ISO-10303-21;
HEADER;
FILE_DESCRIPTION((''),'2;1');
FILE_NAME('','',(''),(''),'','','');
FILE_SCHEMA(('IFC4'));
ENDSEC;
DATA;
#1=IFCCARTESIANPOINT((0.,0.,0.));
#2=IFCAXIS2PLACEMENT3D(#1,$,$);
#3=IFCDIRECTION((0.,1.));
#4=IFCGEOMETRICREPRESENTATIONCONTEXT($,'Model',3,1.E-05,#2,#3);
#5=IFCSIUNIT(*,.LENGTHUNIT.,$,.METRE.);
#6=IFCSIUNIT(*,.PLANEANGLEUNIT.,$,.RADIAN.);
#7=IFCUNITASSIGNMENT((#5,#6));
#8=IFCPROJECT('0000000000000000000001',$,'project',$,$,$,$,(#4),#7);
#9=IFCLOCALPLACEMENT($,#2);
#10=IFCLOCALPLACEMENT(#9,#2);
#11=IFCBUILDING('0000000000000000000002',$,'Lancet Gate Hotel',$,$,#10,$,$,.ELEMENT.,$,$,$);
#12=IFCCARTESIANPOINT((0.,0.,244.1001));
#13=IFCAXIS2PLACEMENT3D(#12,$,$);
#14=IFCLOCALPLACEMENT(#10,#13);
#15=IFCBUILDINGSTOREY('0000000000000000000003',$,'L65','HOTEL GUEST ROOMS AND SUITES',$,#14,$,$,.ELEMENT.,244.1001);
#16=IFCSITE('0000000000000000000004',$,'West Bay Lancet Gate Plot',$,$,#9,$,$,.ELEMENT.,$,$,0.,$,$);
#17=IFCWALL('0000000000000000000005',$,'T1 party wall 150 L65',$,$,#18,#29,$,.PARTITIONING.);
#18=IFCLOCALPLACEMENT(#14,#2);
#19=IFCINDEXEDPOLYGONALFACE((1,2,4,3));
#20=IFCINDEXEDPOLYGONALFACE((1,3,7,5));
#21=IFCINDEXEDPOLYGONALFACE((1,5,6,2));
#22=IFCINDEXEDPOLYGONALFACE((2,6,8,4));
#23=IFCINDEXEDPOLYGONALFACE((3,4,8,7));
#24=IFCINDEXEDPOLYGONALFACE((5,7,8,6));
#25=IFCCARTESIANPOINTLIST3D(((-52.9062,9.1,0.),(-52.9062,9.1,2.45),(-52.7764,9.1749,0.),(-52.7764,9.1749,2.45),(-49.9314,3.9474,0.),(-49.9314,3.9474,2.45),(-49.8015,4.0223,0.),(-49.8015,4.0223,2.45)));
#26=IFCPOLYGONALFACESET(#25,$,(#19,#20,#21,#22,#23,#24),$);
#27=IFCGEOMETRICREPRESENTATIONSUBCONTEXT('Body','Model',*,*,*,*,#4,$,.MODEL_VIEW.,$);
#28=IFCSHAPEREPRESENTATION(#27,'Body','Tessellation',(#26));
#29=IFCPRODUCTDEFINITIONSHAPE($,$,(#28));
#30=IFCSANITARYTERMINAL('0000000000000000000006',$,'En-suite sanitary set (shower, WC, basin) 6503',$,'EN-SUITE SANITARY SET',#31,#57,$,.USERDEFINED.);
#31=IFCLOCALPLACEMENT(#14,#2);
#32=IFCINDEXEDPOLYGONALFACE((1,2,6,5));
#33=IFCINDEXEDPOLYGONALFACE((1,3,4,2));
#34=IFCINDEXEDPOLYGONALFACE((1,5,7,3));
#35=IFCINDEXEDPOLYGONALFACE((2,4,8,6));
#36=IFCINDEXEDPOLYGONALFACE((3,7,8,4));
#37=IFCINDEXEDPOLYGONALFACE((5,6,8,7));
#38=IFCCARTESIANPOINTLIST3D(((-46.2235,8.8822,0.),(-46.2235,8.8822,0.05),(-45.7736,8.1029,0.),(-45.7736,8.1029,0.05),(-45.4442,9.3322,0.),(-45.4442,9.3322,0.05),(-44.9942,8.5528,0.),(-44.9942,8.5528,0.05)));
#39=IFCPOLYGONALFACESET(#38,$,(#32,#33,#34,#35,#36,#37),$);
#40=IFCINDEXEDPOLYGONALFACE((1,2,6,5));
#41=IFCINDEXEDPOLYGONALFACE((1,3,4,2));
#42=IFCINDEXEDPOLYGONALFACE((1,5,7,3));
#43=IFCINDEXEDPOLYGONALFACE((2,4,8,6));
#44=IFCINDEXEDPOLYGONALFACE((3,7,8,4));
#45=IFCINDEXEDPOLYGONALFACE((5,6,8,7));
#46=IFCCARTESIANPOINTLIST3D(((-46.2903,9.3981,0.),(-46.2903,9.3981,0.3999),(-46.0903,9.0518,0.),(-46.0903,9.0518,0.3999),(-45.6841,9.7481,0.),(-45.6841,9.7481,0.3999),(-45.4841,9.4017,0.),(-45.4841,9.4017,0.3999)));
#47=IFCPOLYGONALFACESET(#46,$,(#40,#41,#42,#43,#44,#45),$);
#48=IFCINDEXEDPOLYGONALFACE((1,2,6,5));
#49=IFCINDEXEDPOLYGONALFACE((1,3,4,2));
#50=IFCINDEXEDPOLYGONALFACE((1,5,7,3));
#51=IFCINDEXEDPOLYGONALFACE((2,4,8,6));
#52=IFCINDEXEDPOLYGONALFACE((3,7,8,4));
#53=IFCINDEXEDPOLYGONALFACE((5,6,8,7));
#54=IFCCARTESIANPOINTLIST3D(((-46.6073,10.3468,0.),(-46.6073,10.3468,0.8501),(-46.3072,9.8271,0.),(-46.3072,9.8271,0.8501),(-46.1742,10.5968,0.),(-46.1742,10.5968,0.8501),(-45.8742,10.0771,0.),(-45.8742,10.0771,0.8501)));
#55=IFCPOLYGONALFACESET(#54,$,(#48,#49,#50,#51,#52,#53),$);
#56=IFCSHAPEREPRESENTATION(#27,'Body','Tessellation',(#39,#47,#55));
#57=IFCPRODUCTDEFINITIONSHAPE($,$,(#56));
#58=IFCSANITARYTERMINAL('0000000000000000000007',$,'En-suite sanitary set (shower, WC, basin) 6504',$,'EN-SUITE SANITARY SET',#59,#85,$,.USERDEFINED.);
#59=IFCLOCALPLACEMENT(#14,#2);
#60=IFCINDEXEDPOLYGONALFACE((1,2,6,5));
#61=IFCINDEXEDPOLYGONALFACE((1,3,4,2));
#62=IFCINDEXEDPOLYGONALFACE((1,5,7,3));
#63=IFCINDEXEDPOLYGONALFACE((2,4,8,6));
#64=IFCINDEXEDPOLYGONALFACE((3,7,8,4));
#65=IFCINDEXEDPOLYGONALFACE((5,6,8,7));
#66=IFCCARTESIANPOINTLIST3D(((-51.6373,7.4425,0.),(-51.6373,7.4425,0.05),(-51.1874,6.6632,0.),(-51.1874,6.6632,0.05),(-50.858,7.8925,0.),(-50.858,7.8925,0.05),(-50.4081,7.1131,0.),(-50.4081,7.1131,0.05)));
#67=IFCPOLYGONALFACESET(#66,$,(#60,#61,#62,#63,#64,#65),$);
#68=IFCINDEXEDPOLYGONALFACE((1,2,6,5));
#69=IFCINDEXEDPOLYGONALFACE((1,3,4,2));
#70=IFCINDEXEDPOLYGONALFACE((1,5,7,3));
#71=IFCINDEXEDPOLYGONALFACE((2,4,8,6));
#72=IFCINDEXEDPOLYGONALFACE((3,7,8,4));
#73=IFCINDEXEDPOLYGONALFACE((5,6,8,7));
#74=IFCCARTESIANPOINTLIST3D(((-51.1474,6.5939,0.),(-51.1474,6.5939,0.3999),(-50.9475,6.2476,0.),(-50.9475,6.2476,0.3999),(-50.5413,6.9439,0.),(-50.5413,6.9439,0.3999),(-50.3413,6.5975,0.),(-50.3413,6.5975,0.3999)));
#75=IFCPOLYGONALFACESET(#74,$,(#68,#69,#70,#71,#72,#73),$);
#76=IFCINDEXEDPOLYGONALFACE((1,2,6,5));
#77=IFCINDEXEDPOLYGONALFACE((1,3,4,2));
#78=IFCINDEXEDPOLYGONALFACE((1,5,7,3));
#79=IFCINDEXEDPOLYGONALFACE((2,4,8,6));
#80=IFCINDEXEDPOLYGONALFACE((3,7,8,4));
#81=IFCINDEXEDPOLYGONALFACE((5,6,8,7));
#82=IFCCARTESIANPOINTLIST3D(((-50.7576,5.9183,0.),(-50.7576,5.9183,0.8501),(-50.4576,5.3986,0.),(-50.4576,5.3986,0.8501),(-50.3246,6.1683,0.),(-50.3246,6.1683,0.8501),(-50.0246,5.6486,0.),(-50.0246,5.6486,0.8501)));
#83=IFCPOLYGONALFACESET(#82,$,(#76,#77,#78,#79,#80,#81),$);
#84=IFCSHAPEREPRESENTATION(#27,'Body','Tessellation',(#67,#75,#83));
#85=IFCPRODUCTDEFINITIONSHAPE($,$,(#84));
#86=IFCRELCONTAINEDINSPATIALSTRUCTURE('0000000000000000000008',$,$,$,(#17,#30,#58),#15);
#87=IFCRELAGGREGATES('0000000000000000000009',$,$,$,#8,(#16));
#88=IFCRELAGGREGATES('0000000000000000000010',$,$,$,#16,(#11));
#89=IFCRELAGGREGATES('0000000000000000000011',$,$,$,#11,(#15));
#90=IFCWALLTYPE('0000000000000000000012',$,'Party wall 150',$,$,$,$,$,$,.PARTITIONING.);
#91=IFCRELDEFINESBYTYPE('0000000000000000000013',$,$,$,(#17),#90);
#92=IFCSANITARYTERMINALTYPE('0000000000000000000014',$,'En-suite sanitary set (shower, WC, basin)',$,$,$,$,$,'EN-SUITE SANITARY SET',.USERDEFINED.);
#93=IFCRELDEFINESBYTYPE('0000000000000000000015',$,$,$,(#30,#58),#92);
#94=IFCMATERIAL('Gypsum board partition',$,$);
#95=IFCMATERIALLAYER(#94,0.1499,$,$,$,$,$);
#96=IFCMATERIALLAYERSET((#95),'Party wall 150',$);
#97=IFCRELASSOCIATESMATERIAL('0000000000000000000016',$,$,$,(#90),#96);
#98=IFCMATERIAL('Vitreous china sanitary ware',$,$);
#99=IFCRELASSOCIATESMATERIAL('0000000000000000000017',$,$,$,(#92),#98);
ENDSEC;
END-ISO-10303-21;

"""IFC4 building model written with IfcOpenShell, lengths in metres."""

from ifc_helpers import new_model, si_unit, direction, frame, frame_2d, origin, origin_2d, place, context, subcontext, project, spatial, rectangle, extrude, material, layer, layer_set, type_object, element, save


model = new_model("IFC4")

# Units and contexts
model_context = context("Model", 3, precision=1e-05, world=origin(), true_north=direction((0.0, 1.0)))
body_context = subcontext(model_context, "Body", "Model", "MODEL_VIEW")
ifc_project = project(units=[si_unit("LENGTHUNIT", "METRE"), si_unit("PLANEANGLEUNIT", "RADIAN")], contexts=[model_context])

# Site, building, storey
site_placement = place(None, origin())
site = spatial("IfcSite", under=ifc_project, at=site_placement, Name="West Bay Lancet Gate Plot", CompositionType="ELEMENT", RefElevation=0.0)
building_placement = place(site_placement, origin())
building = spatial("IfcBuilding", under=site, at=building_placement, Name="Lancet Gate Hotel", CompositionType="ELEMENT")
storey_placement = place(building_placement, frame((0.0, 0.0, 244.1001)))
storey = spatial("IfcBuildingStorey", under=building, at=storey_placement, Name="L65", Description="HOTEL GUEST ROOMS AND SUITES", CompositionType="ELEMENT", Elevation=244.1001)

# Wall
ifc_material_1 = material(Name="Gypsum board partition")
ifc_layer_1 = layer(ifc_material_1, 0.1499)
ifc_layer_set_1 = layer_set([ifc_layer_1], Name="Party wall 150")
wall_type_1 = type_object("IfcWallType", Name="Party wall 150", PredefinedType="PARTITIONING", material=ifc_layer_set_1)
wall_1_placement = place(storey_placement, frame((-49.8665, 3.9849, 0.0), z_axis=(0.0, 0.0, 1.0), x_axis=(-0.500001, 0.866025, 0.0)))
element("IfcWall", 1, at=wall_1_placement, inside=storey, type_object=wall_type_1, Name="T1 party wall 150 L65", PredefinedType="PARTITIONING", context=body_context, shape_type="SweptSolid", body=[
    extrude(rectangle(XDim=5.9497, YDim=0.1499, at=frame_2d((2.9749, 0.0))), origin(), (0.0, 0.0, 1.0), 2.45),
])

# Sanitary terminals
ifc_material_2 = material(Name="Vitreous china sanitary ware")
sanitary_terminal_type = type_object("IfcSanitaryTerminalType", Name="En-suite sanitary set (shower, WC, basin)", ElementType="EN-SUITE SANITARY SET", PredefinedType="USERDEFINED", material=ifc_material_2)
sanitary_terminal_1_placement = place(storey_placement, frame((-45.6089, 8.7175, 0.0), z_axis=(0.0, 0.0, 1.0), x_axis=(1.0, 0.0, 0.0)))
element("IfcSanitaryTerminal", 2, at=sanitary_terminal_1_placement, inside=storey, type_object=sanitary_terminal_type, Name="En-suite sanitary set (shower, WC, basin) 6503", ObjectType="EN-SUITE SANITARY SET", PredefinedType="USERDEFINED", context=body_context, shape_type="SweptSolid", body=[
    extrude(rectangle(XDim=0.8999, YDim=0.8999, at=origin_2d()), frame((0.0, 0.0, 0.0), z_axis=(0.0, 0.0, 1.0), x_axis=(0.5, -0.866025, 0.0)), (0.0, 0.0, 1.0), 0.05),
    extrude(rectangle(XDim=0.3999, YDim=0.7, at=origin_2d()), frame((-0.2783, 0.6824, 0.0), z_axis=(0.0, 0.0, 1.0), x_axis=(0.5, -0.866025, 0.0)), (0.0, 0.0, 1.0), 0.3999),
    extrude(rectangle(XDim=0.6001, YDim=0.5, at=origin_2d()), frame((-0.6318, 1.4944, 0.0), z_axis=(0.0, 0.0, 1.0), x_axis=(0.5, -0.866025, 0.0)), (0.0, 0.0, 1.0), 0.8501),
])
sanitary_terminal_2_placement = place(storey_placement, frame((-51.0227, 7.2778, 0.0), z_axis=(0.0, 0.0, 1.0), x_axis=(1.0, 0.0, 0.0)))
element("IfcSanitaryTerminal", 3, at=sanitary_terminal_2_placement, inside=storey, type_object=sanitary_terminal_type, Name="En-suite sanitary set (shower, WC, basin) 6504", ObjectType="EN-SUITE SANITARY SET", PredefinedType="USERDEFINED", context=body_context, shape_type="SweptSolid", body=[
    extrude(rectangle(XDim=0.8999, YDim=0.8999, at=origin_2d()), frame((0.0, 0.0, 0.0), z_axis=(0.0, 0.0, 1.0), x_axis=(-0.5, 0.866025, 0.0)), (0.0, 0.0, 1.0), 0.05),
    extrude(rectangle(XDim=0.3999, YDim=0.7, at=origin_2d()), frame((0.2783, -0.6821, 0.0), z_axis=(0.0, 0.0, 1.0), x_axis=(-0.5, 0.866025, 0.0)), (0.0, 0.0, 1.0), 0.3999),
    extrude(rectangle(XDim=0.6001, YDim=0.5, at=origin_2d()), frame((0.6316, -1.4944, 0.0), z_axis=(0.0, 0.0, 1.0), x_axis=(-0.5, 0.866025, 0.0)), (0.0, 0.0, 1.0), 0.8501),
])

save(model, "model.ifc")
